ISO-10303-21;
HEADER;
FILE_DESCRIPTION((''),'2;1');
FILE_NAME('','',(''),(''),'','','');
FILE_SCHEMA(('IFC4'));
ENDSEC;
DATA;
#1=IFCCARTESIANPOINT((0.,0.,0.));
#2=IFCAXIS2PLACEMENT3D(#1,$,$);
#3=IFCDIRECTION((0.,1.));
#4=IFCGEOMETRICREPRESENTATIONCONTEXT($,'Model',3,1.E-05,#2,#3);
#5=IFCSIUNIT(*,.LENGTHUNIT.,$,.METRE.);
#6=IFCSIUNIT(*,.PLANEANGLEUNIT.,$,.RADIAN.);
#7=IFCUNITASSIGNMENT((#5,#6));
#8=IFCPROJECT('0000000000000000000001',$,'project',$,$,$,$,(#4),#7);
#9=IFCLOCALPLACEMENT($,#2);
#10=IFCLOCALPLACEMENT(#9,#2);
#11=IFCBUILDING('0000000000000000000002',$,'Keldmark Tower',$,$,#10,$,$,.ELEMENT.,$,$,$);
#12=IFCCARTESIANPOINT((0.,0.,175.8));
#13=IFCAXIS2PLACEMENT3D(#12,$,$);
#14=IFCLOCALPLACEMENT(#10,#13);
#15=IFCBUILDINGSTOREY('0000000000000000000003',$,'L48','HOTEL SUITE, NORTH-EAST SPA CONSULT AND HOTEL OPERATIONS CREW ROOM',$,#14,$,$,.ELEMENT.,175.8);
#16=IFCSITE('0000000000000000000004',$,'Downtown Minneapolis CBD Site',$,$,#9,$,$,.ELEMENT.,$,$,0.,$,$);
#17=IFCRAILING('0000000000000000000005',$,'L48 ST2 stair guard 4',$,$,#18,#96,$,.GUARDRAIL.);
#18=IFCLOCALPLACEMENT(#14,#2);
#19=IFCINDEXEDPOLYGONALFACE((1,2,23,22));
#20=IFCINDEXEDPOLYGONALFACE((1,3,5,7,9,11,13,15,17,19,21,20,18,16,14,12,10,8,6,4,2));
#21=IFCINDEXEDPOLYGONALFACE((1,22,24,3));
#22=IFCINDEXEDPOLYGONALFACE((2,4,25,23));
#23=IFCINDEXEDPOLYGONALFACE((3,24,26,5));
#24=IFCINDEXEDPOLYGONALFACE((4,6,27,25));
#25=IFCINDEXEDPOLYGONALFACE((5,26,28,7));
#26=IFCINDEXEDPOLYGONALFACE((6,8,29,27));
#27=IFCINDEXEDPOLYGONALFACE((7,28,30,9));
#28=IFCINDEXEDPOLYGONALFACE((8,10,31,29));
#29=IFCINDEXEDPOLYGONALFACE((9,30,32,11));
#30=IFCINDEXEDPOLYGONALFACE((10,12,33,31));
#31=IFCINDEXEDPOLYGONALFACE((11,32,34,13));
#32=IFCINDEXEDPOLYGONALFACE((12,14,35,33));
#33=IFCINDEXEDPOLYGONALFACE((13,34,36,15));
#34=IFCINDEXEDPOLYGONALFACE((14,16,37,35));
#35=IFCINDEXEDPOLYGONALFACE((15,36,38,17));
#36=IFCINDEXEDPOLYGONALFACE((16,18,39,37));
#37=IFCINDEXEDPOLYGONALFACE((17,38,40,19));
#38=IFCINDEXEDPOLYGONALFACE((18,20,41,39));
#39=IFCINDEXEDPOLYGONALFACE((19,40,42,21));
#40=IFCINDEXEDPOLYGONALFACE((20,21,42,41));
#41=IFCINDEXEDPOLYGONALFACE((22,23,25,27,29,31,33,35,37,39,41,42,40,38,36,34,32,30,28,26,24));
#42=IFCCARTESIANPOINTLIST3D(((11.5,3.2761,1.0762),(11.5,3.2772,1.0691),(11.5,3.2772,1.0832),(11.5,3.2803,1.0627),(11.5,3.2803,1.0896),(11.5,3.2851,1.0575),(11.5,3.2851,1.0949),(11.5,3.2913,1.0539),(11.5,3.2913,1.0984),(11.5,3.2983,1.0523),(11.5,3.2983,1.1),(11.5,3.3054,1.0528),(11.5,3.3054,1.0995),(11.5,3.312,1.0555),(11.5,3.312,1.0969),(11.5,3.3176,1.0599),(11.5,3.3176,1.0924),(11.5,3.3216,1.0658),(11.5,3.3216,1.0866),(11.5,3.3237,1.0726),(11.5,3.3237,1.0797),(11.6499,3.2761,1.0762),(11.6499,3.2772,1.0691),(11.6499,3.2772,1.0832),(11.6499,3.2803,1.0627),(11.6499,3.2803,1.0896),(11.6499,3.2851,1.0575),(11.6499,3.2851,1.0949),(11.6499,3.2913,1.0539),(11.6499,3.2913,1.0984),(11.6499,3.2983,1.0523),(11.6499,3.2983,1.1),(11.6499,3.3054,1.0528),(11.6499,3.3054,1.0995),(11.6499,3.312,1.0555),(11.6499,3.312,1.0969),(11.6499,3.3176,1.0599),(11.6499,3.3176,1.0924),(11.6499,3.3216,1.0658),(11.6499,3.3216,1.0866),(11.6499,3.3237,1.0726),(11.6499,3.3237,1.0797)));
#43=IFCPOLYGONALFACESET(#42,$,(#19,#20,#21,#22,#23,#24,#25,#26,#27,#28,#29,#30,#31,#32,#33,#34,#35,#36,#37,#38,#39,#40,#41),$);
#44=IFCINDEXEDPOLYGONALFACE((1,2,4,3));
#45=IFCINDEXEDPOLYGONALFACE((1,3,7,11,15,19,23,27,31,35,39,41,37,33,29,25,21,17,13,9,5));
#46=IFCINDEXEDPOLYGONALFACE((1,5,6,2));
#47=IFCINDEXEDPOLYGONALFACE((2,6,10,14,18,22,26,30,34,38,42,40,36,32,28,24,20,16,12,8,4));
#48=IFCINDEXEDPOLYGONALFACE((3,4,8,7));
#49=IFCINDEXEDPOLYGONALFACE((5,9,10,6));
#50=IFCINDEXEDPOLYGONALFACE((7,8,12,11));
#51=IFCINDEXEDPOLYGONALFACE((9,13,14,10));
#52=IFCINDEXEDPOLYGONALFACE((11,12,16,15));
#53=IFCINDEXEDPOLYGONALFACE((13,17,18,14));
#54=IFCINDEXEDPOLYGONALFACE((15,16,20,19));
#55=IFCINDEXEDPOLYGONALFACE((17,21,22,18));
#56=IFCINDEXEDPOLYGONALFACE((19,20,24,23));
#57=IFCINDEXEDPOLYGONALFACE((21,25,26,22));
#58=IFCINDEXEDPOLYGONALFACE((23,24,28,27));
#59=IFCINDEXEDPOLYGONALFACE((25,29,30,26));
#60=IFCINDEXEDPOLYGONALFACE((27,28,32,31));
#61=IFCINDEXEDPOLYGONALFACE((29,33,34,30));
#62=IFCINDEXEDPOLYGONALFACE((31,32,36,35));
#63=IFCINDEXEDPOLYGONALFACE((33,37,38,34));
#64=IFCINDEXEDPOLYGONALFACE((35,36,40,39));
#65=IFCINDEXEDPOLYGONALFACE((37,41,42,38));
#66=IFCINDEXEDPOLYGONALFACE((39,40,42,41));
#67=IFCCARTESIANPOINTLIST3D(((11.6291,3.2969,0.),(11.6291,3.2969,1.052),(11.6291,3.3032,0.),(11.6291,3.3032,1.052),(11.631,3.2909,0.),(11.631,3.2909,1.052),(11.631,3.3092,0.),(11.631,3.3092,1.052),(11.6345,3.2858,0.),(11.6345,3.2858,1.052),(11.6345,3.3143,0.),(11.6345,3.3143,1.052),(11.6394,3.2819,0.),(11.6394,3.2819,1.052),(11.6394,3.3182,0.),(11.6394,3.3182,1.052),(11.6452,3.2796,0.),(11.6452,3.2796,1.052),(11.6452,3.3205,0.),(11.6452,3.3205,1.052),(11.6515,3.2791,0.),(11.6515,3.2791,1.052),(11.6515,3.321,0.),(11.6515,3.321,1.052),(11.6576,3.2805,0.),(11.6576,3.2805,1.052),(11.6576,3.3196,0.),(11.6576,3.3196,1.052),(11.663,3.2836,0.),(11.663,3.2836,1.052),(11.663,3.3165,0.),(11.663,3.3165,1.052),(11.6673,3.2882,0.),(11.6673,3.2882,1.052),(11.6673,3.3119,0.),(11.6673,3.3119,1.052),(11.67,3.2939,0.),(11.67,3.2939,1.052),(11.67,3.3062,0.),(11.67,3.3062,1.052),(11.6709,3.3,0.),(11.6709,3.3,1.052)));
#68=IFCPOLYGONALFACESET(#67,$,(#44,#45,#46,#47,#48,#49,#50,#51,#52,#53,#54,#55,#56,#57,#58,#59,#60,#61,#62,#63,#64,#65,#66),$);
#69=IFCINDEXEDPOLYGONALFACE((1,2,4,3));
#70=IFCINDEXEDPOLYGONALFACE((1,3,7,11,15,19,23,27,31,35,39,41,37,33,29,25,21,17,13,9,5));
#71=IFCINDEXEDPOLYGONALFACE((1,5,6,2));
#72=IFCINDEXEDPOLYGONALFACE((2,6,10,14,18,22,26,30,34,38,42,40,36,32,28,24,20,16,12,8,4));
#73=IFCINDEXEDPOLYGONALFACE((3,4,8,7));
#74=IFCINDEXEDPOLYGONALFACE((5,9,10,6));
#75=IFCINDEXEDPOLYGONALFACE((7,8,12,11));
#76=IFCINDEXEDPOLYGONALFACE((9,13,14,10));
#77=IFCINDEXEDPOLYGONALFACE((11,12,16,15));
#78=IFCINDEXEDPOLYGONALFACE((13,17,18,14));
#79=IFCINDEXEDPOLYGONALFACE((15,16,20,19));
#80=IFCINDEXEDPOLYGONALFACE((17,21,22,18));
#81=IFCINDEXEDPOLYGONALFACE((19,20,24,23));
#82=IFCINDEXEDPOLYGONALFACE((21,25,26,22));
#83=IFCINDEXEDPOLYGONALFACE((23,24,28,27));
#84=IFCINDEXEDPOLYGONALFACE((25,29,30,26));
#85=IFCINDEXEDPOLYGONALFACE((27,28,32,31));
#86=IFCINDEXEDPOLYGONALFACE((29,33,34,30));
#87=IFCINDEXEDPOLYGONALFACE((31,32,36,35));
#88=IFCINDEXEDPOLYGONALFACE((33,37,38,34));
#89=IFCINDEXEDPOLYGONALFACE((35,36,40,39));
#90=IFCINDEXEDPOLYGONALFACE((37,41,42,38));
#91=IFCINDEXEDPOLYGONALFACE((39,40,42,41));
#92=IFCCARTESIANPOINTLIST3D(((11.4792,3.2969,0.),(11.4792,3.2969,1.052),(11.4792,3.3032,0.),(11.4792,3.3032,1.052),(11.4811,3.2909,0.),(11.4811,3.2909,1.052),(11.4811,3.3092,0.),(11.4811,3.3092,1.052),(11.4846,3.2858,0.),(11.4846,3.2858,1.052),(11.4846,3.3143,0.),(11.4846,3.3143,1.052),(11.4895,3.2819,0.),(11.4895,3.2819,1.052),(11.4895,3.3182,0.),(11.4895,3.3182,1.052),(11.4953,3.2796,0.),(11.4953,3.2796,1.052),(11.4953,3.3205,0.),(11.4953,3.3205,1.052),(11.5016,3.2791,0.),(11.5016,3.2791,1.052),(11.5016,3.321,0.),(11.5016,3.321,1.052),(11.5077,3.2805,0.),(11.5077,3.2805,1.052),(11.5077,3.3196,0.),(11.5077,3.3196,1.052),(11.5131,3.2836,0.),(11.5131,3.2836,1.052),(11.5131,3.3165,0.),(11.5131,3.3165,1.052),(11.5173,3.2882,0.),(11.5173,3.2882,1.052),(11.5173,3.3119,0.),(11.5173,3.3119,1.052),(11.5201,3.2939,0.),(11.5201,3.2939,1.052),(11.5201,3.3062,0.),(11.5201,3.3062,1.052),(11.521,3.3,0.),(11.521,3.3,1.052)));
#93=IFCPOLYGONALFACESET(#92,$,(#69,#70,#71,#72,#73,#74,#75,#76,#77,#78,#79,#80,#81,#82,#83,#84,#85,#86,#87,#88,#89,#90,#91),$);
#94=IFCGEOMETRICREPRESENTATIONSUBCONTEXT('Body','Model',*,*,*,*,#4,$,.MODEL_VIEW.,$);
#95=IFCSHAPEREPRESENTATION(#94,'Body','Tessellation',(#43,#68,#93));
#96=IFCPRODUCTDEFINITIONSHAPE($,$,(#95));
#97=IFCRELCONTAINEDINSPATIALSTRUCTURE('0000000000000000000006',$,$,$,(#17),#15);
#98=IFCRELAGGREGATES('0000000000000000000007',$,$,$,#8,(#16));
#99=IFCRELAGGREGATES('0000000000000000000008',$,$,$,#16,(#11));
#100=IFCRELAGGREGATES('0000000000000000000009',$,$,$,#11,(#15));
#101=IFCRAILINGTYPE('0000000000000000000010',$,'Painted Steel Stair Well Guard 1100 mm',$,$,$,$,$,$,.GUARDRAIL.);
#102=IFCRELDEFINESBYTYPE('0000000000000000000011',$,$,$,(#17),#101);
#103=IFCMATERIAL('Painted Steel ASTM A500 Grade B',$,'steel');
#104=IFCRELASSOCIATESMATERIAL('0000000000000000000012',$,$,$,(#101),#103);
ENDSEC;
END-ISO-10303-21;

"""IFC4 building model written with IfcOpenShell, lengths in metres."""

from ifc_helpers import new_model, si_unit, direction, frame, origin, origin_2d, place, context, subcontext, project, spatial, circle, extrude, material, type_object, element, save


model = new_model("IFC4")

# Units and contexts
model_context = context("Model", 3, precision=1e-05, world=origin(), true_north=direction((0.0, 1.0)))
body_context = subcontext(model_context, "Body", "Model", "MODEL_VIEW")
ifc_project = project(units=[si_unit("LENGTHUNIT", "METRE"), si_unit("PLANEANGLEUNIT", "RADIAN")], contexts=[model_context])

# Site, building, storey
site_placement = place(None, origin())
site = spatial("IfcSite", under=ifc_project, at=site_placement, Name="Downtown Minneapolis CBD Site", CompositionType="ELEMENT", RefElevation=0.0)
building_placement = place(site_placement, origin())
building = spatial("IfcBuilding", under=site, at=building_placement, Name="Keldmark Tower", CompositionType="ELEMENT")
storey_placement = place(building_placement, frame((0.0, 0.0, 175.8)))
storey = spatial("IfcBuildingStorey", under=building, at=storey_placement, Name="L48", Description="HOTEL SUITE, NORTH-EAST SPA CONSULT AND HOTEL OPERATIONS CREW ROOM", CompositionType="ELEMENT", Elevation=175.8)

# Railing
ifc_material_1 = material(Name="Painted Steel ASTM A500 Grade B", Category="steel")
railing_type_1 = type_object("IfcRailingType", Name="Painted Steel Stair Well Guard 1100 mm", PredefinedType="GUARDRAIL", material=ifc_material_1)
railing_1_placement = place(storey_placement, frame((11.6499, 3.3, 0.0)))
element("IfcRailing", 1, at=railing_1_placement, inside=storey, type_object=railing_type_1, Name="L48 ST2 stair guard 4", PredefinedType="GUARDRAIL", context=body_context, shape_type="SweptSolid", body=[
    extrude(circle(Radius=0.0239, at=origin_2d()), frame((0.0, 0.0, 1.0762), z_axis=(-1.0, 0.0, 0.0), x_axis=(0.0, -1.0, 0.0)), (0.0, 0.0, 1.0), 0.1499),
    extrude(circle(Radius=0.021, at=origin_2d()), origin(), (0.0, 0.0, 1.0), 1.052),
    extrude(circle(Radius=0.021, at=origin_2d()), frame((-0.1499, 0.0, 0.0)), (0.0, 0.0, 1.0), 1.052),
])

save(model, "model.ifc")
